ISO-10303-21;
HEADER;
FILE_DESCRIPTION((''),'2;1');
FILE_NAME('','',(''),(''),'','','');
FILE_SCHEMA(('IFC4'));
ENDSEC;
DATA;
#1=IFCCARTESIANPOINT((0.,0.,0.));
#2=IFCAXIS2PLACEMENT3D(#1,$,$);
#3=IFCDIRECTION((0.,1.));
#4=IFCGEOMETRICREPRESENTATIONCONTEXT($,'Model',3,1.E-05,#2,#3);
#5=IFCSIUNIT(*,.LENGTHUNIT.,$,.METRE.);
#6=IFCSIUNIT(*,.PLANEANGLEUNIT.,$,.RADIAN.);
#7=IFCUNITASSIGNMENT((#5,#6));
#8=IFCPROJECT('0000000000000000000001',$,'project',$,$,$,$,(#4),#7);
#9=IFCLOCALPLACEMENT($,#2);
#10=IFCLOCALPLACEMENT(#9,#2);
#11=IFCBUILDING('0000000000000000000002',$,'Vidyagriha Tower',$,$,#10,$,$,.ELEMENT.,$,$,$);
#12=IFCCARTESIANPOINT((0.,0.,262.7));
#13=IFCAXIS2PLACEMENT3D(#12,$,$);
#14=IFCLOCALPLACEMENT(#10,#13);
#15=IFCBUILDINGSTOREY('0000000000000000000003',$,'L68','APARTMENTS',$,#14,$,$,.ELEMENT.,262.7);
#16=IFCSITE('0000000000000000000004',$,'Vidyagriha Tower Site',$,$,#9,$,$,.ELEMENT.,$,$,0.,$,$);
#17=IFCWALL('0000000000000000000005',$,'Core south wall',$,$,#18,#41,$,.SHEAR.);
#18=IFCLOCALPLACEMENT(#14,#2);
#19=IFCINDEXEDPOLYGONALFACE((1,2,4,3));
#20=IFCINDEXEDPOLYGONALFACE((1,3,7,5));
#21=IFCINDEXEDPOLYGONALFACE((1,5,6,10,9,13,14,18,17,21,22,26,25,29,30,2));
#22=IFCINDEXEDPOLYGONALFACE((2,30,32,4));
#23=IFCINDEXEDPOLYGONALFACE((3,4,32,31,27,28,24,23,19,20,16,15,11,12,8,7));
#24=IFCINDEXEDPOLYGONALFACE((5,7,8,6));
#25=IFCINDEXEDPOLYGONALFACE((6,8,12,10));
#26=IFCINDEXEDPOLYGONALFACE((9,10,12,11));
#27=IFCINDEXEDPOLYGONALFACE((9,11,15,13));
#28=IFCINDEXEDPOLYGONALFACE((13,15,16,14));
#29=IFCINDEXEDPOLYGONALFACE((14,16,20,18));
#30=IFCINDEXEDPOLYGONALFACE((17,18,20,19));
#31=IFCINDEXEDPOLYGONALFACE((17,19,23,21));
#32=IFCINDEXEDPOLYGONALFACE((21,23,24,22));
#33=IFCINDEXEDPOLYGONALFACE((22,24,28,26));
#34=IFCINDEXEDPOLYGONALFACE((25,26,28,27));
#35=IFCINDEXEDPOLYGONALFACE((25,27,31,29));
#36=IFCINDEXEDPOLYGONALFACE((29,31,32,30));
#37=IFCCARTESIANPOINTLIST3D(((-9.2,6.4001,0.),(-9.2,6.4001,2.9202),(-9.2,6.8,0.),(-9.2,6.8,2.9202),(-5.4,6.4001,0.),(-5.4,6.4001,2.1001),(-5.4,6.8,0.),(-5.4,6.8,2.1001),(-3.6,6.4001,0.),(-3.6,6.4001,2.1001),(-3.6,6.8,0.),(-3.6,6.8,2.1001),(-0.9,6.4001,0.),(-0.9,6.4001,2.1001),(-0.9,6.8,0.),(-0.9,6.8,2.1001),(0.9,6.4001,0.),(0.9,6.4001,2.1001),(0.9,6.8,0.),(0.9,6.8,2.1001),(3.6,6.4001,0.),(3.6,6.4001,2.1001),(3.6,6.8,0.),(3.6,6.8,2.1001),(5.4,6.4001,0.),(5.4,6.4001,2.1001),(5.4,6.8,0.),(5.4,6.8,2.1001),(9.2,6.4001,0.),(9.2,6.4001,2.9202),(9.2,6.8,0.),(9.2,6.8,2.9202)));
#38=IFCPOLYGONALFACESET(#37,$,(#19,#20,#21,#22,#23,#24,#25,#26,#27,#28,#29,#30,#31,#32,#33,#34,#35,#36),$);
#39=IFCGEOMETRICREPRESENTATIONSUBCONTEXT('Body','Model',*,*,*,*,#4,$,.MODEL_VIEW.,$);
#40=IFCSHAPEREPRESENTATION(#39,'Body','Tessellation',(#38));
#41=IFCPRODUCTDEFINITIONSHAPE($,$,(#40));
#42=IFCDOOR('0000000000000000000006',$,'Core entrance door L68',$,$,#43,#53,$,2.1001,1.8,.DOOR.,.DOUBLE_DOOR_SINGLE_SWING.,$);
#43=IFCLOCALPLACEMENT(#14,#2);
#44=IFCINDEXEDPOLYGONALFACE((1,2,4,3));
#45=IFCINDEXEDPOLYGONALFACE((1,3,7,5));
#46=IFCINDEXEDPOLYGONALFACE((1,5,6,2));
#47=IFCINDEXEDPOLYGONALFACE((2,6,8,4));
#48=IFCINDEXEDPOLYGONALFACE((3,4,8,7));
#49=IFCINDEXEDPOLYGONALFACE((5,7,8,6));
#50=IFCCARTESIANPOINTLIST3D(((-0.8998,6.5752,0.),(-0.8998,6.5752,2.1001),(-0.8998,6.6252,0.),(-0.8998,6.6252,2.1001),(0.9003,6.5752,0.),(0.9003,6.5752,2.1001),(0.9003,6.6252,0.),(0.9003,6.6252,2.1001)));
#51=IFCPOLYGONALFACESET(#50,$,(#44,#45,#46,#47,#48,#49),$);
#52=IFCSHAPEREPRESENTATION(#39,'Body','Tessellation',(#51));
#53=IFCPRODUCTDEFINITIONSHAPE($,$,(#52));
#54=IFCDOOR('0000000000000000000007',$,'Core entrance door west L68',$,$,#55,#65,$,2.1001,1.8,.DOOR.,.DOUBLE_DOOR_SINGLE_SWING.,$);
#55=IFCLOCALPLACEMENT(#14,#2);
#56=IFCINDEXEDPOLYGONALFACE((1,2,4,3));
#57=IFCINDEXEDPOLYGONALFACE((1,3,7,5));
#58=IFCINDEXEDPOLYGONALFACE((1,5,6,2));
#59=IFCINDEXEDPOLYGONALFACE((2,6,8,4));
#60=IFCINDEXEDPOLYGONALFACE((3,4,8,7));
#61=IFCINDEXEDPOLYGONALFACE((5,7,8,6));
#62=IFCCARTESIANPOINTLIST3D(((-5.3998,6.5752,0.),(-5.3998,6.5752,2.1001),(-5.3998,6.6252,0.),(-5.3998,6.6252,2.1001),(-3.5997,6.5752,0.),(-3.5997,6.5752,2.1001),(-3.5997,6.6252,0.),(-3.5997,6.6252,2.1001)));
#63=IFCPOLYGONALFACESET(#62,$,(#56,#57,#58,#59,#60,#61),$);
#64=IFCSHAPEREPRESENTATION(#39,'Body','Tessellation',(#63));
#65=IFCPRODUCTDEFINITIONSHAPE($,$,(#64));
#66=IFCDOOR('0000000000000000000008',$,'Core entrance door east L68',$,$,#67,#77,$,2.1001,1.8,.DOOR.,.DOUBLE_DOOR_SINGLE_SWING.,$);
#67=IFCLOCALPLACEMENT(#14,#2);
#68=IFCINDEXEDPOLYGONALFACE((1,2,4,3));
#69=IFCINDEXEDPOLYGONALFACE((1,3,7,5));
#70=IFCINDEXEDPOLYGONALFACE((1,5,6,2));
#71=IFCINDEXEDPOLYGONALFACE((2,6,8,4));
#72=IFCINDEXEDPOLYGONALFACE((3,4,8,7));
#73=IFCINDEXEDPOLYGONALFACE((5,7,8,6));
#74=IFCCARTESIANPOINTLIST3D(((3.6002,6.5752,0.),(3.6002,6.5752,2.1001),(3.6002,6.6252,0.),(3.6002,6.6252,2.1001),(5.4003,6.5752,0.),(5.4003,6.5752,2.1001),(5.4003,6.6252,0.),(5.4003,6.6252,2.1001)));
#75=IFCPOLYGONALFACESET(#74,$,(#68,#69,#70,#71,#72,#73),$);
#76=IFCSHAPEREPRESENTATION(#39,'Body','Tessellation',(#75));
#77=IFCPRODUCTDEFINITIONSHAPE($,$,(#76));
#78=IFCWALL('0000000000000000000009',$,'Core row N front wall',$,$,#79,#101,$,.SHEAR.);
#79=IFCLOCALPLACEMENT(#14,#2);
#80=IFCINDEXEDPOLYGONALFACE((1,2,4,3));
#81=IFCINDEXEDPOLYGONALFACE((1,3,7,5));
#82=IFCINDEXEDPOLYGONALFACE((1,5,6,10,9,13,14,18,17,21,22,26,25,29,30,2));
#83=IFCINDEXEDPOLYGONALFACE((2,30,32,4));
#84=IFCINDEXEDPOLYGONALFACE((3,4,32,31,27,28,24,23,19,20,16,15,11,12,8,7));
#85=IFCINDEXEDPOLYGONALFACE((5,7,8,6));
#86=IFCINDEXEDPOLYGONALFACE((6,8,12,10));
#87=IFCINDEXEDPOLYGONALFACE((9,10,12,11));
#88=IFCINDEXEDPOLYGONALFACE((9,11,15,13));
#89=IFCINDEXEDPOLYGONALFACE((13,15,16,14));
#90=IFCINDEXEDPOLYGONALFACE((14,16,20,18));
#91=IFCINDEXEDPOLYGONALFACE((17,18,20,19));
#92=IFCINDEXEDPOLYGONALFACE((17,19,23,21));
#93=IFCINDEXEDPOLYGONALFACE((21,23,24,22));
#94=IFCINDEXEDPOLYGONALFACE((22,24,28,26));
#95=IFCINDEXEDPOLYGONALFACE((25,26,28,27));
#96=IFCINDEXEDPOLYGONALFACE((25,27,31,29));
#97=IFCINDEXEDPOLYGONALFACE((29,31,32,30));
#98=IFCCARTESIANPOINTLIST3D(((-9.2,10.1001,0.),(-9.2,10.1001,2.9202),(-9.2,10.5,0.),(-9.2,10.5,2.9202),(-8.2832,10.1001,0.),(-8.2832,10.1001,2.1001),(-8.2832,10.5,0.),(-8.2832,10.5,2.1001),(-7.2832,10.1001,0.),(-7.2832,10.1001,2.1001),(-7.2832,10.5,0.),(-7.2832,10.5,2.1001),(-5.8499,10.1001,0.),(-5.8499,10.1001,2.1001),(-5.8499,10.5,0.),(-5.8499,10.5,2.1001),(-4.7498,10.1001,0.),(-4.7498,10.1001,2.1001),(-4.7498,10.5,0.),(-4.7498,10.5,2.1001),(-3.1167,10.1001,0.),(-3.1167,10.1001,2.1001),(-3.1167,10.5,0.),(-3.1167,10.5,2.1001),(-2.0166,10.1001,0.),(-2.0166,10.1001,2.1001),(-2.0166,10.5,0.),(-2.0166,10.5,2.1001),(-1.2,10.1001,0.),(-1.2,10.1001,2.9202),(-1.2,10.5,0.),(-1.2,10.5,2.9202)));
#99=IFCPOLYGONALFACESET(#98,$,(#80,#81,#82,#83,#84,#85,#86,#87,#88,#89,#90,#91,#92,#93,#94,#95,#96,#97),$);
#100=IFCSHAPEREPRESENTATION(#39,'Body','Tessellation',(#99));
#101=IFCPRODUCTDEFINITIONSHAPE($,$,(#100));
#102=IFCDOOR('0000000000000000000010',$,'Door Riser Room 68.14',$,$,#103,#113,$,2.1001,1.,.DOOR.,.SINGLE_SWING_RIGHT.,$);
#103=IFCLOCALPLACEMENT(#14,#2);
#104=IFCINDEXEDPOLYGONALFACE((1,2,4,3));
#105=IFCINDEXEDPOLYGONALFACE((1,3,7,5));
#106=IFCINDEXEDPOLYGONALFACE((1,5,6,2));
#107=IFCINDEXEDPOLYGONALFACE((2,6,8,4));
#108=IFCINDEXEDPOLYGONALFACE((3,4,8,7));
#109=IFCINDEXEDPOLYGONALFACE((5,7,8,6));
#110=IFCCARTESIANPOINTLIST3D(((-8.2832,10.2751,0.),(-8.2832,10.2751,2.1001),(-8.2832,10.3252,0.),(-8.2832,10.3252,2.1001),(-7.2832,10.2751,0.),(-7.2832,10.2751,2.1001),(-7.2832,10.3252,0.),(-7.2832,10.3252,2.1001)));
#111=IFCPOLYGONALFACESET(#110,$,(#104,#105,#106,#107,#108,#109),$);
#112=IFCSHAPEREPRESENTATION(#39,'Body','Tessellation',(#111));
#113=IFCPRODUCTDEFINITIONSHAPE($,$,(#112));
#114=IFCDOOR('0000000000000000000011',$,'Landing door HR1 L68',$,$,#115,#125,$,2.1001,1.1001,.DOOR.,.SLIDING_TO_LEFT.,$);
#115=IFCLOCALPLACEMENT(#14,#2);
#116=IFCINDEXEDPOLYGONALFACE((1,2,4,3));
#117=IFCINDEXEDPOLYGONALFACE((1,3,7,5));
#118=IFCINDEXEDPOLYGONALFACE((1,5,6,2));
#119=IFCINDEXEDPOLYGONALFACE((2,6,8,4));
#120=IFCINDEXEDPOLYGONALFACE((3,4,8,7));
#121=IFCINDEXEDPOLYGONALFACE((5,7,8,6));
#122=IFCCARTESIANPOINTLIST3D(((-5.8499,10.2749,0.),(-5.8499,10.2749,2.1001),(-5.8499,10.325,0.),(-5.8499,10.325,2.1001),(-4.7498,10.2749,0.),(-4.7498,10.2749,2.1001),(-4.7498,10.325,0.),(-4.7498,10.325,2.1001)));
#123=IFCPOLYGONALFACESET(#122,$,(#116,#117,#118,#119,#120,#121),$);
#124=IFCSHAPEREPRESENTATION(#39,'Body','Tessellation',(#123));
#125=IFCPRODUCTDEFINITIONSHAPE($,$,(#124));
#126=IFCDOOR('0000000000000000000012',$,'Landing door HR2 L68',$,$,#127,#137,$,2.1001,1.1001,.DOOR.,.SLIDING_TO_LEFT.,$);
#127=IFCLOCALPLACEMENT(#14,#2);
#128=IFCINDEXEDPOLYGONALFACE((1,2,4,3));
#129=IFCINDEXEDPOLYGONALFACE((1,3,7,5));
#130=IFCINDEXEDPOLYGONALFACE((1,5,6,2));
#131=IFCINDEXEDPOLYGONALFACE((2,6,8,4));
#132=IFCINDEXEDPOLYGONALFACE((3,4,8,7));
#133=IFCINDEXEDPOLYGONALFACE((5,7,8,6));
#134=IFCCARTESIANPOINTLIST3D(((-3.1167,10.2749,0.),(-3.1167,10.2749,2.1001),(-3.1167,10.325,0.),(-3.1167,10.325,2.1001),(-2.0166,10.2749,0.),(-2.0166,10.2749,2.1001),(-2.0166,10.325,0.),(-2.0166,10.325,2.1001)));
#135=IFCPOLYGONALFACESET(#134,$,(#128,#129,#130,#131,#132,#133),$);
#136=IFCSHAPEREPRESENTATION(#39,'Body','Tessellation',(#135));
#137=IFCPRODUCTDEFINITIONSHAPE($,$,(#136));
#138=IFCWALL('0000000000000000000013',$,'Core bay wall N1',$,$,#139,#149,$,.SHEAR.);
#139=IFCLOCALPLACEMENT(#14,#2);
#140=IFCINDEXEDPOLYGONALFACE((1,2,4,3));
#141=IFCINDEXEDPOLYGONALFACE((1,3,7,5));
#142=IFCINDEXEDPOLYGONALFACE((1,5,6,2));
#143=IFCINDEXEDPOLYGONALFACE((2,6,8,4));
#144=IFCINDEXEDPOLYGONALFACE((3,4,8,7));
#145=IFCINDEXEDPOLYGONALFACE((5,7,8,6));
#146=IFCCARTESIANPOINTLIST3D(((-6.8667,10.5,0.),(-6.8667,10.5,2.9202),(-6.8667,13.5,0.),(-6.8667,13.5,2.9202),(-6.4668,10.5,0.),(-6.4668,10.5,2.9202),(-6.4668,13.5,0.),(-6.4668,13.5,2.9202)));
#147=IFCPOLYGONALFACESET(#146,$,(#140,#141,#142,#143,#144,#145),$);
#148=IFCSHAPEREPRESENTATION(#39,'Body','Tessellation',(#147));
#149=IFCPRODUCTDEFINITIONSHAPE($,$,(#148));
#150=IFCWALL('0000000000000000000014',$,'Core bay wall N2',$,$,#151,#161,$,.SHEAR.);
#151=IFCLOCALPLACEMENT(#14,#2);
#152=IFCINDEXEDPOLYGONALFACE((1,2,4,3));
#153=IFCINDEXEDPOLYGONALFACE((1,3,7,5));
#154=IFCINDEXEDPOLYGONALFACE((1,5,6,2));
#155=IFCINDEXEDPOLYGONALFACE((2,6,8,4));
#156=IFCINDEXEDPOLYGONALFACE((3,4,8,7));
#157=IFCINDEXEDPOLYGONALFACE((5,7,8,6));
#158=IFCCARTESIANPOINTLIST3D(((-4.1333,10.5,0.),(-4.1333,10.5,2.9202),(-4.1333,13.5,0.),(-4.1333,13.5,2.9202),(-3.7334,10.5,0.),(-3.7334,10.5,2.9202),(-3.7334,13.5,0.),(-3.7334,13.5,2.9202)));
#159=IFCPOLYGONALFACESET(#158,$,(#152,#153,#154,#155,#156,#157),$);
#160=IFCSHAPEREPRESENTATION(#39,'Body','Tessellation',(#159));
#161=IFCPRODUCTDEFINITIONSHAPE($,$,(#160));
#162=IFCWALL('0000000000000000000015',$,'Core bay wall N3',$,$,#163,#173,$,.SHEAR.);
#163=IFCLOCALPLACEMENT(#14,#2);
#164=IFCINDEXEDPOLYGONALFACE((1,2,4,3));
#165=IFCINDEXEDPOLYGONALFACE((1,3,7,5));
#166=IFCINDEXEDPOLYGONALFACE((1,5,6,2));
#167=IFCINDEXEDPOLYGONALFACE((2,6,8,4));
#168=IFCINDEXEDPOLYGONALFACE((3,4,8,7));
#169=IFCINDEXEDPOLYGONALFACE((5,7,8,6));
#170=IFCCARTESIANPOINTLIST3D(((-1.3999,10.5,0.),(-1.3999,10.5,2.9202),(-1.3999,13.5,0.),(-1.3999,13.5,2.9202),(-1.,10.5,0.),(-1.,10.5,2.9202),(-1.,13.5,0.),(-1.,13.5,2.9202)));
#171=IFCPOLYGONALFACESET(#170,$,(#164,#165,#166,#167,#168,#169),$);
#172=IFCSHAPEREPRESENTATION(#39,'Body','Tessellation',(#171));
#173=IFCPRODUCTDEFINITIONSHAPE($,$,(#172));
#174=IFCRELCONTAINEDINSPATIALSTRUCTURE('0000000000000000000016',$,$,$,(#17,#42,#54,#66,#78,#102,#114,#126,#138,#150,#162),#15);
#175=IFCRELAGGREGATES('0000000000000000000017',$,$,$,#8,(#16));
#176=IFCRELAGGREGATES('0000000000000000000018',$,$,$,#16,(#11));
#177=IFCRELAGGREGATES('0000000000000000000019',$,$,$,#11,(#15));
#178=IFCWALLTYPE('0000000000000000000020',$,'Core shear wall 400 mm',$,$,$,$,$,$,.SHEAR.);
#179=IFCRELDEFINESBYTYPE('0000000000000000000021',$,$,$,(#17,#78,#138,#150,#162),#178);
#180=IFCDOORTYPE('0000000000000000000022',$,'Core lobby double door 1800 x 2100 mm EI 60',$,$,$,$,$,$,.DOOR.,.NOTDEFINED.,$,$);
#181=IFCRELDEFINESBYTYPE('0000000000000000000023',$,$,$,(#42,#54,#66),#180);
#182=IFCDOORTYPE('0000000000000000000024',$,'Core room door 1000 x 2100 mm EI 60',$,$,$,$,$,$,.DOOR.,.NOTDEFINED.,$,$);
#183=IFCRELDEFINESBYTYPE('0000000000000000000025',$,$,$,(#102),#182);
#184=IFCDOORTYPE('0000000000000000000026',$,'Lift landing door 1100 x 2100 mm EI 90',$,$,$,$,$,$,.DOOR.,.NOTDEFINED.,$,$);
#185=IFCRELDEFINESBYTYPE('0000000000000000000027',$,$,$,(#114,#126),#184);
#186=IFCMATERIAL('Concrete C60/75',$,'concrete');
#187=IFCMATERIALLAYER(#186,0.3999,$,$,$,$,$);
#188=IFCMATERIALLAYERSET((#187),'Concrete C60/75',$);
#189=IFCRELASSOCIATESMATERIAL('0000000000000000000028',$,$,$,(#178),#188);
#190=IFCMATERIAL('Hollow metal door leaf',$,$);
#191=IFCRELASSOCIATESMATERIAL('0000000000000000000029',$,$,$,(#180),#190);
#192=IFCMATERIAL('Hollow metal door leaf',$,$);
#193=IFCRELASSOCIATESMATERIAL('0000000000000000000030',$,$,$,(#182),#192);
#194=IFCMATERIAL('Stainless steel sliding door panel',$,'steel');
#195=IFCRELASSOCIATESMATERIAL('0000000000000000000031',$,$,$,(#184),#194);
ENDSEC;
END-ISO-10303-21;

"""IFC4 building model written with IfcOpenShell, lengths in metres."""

from ifc_helpers import new_model, si_unit, direction, frame, frame_2d, origin, place, context, subcontext, project, spatial, rectangle, extrude, material, layer, layer_set, type_object, element, fill, save


model = new_model("IFC4")

# Units and contexts
model_context = context("Model", 3, precision=1e-05, world=origin(), true_north=direction((0.0, 1.0)))
body_context = subcontext(model_context, "Body", "Model", "MODEL_VIEW")
ifc_project = project(units=[si_unit("LENGTHUNIT", "METRE"), si_unit("PLANEANGLEUNIT", "RADIAN")], contexts=[model_context])

# Site, building, storey
site_placement = place(None, origin())
site = spatial("IfcSite", under=ifc_project, at=site_placement, Name="Vidyagriha Tower Site", CompositionType="ELEMENT", RefElevation=0.0)
building_placement = place(site_placement, origin())
building = spatial("IfcBuilding", under=site, at=building_placement, Name="Vidyagriha Tower", CompositionType="ELEMENT")
storey_placement = place(building_placement, frame((0.0, 0.0, 262.7)))
storey = spatial("IfcBuildingStorey", under=building, at=storey_placement, Name="L68", Description="APARTMENTS", CompositionType="ELEMENT", Elevation=262.7)

# Walls, openings, doors
ifc_material_1 = material(Name="Concrete C60/75", Category="concrete")
ifc_layer_1 = layer(ifc_material_1, 0.3999)
ifc_layer_set_1 = layer_set([ifc_layer_1], Name="Concrete C60/75")
wall_type_1 = type_object("IfcWallType", Name="Core shear wall 400 mm", PredefinedType="SHEAR", material=ifc_layer_set_1)
wall_1_placement = place(storey_placement, frame((-9.2, 6.6001, 0.0)))
wall_1 = element("IfcWall", 1, at=wall_1_placement, inside=storey, type_object=wall_type_1, Name="Core south wall", PredefinedType="SHEAR", context=body_context, shape_type="SweptSolid", body=[
    extrude(rectangle(XDim=18.3999, YDim=0.3999, at=frame_2d((9.2, 0.0))), origin(), (0.0, 0.0, 1.0), 2.9202),
])
opening_1_placement = place(wall_1_placement, frame((8.3, 0.0, 0.0)))
opening_1 = element("IfcOpeningElement", 2, at=opening_1_placement, cuts=wall_1, PredefinedType="OPENING", context=body_context, shape_type="SweptSolid", body=[
    extrude(rectangle(XDim=1.8, YDim=2.1001, at=frame_2d((0.8999, 1.05))), frame((0.0, 0.21, 0.0), z_axis=(0.0, -1.0, 0.0), x_axis=(1.0, 0.0, 0.0)), (0.0, 0.0, 1.0), 0.4199),
])
opening_2_placement = place(wall_1_placement, frame((3.8, 0.0, 0.0)))
opening_2 = element("IfcOpeningElement", 3, at=opening_2_placement, cuts=wall_1, PredefinedType="OPENING", context=body_context, shape_type="SweptSolid", body=[
    extrude(rectangle(XDim=1.8, YDim=2.1001, at=frame_2d((0.8999, 1.05))), frame((0.0, 0.21, 0.0), z_axis=(0.0, -1.0, 0.0), x_axis=(1.0, 0.0, 0.0)), (0.0, 0.0, 1.0), 0.4199),
])
opening_3_placement = place(wall_1_placement, frame((12.8, 0.0, 0.0)))
opening_3 = element("IfcOpeningElement", 4, at=opening_3_placement, cuts=wall_1, PredefinedType="OPENING", context=body_context, shape_type="SweptSolid", body=[
    extrude(rectangle(XDim=1.8, YDim=2.1001, at=frame_2d((0.8999, 1.05))), frame((0.0, 0.21, 0.0), z_axis=(0.0, -1.0, 0.0), x_axis=(1.0, 0.0, 0.0)), (0.0, 0.0, 1.0), 0.4199),
])
ifc_material_2 = material(Name="Hollow metal door leaf")
door_type_1 = type_object("IfcDoorType", Name="Core lobby double door 1800 x 2100 mm EI 60", OperationType="NOTDEFINED", PredefinedType="DOOR", material=ifc_material_2)
door_1_placement = place(opening_1_placement, frame((1.8, 0.0, 0.0), z_axis=(0.0, 0.0, 1.0), x_axis=(-1.0, 0.0, 0.0)))
door_1 = element("IfcDoor", 5, at=door_1_placement, inside=storey, type_object=door_type_1, Name="Core entrance door L68", OperationType="DOUBLE_DOOR_SINGLE_SWING", OverallHeight=2.1001, OverallWidth=1.8, PredefinedType="DOOR", context=body_context, shape_type="SweptSolid", body=[
    extrude(rectangle(XDim=1.8, YDim=2.1001, at=frame_2d((0.8999, 1.05))), frame((0.0, 0.0249, 0.0), z_axis=(0.0, -1.0, 0.0), x_axis=(1.0, 0.0, 0.0)), (0.0, 0.0, 1.0), 0.05),
])
fill(opening_1, door_1)
door_2_placement = place(opening_2_placement, frame((1.8, 0.0, 0.0), z_axis=(0.0, 0.0, 1.0), x_axis=(-1.0, 0.0, 0.0)))
door_2 = element("IfcDoor", 6, at=door_2_placement, inside=storey, type_object=door_type_1, Name="Core entrance door west L68", OperationType="DOUBLE_DOOR_SINGLE_SWING", OverallHeight=2.1001, OverallWidth=1.8, PredefinedType="DOOR", context=body_context, shape_type="SweptSolid", body=[
    extrude(rectangle(XDim=1.8, YDim=2.1001, at=frame_2d((0.8999, 1.05))), frame((0.0, 0.0249, 0.0), z_axis=(0.0, -1.0, 0.0), x_axis=(1.0, 0.0, 0.0)), (0.0, 0.0, 1.0), 0.05),
])
fill(opening_2, door_2)
door_3_placement = place(opening_3_placement, frame((1.8, 0.0, 0.0), z_axis=(0.0, 0.0, 1.0), x_axis=(-1.0, 0.0, 0.0)))
door_3 = element("IfcDoor", 7, at=door_3_placement, inside=storey, type_object=door_type_1, Name="Core entrance door east L68", OperationType="DOUBLE_DOOR_SINGLE_SWING", OverallHeight=2.1001, OverallWidth=1.8, PredefinedType="DOOR", context=body_context, shape_type="SweptSolid", body=[
    extrude(rectangle(XDim=1.8, YDim=2.1001, at=frame_2d((0.8999, 1.05))), frame((0.0, 0.0249, 0.0), z_axis=(0.0, -1.0, 0.0), x_axis=(1.0, 0.0, 0.0)), (0.0, 0.0, 1.0), 0.05),
])
fill(opening_3, door_3)
wall_2_placement = place(storey_placement, frame((-9.2, 10.3, 0.0)))
wall_2 = element("IfcWall", 8, at=wall_2_placement, inside=storey, type_object=wall_type_1, Name="Core row N front wall", PredefinedType="SHEAR", context=body_context, shape_type="SweptSolid", body=[
    extrude(rectangle(XDim=8.0, YDim=0.3999, at=frame_2d((4.0, 0.0))), origin(), (0.0, 0.0, 1.0), 2.9202),
])
opening_4_placement = place(wall_2_placement, frame((3.3501, 0.0, 0.0)))
opening_4 = element("IfcOpeningElement", 9, at=opening_4_placement, cuts=wall_2, PredefinedType="OPENING", context=body_context, shape_type="SweptSolid", body=[
    extrude(rectangle(XDim=1.1001, YDim=2.1001, at=frame_2d((0.55, 1.05))), frame((0.0, 0.21, 0.0), z_axis=(0.0, -1.0, 0.0), x_axis=(1.0, 0.0, 0.0)), (0.0, 0.0, 1.0), 0.4199),
])
opening_5_placement = place(wall_2_placement, frame((6.0833, 0.0, 0.0)))
opening_5 = element("IfcOpeningElement", 10, at=opening_5_placement, cuts=wall_2, PredefinedType="OPENING", context=body_context, shape_type="SweptSolid", body=[
    extrude(rectangle(XDim=1.1001, YDim=2.1001, at=frame_2d((0.55, 1.05))), frame((0.0, 0.21, 0.0), z_axis=(0.0, -1.0, 0.0), x_axis=(1.0, 0.0, 0.0)), (0.0, 0.0, 1.0), 0.4199),
])
opening_6_placement = place(wall_2_placement, frame((0.9167, 0.0, 0.0)))
opening_6 = element("IfcOpeningElement", 11, at=opening_6_placement, cuts=wall_2, PredefinedType="OPENING", context=body_context, shape_type="SweptSolid", body=[
    extrude(rectangle(XDim=1.0, YDim=2.1001, at=frame_2d((0.5, 1.05))), frame((0.0, 0.21, 0.0), z_axis=(0.0, -1.0, 0.0), x_axis=(1.0, 0.0, 0.0)), (0.0, 0.0, 1.0), 0.4199),
])
ifc_material_3 = material(Name="Hollow metal door leaf")
door_type_2 = type_object("IfcDoorType", Name="Core room door 1000 x 2100 mm EI 60", OperationType="NOTDEFINED", PredefinedType="DOOR", material=ifc_material_3)
door_4_placement = place(opening_6_placement, frame((1.0, 0.0, 0.0), z_axis=(0.0, 0.0, 1.0), x_axis=(-1.0, 0.0, 0.0)))
door_4 = element("IfcDoor", 12, at=door_4_placement, inside=storey, type_object=door_type_2, Name="Door Riser Room 68.14", OperationType="SINGLE_SWING_RIGHT", OverallHeight=2.1001, OverallWidth=1.0, PredefinedType="DOOR", context=body_context, shape_type="SweptSolid", body=[
    extrude(rectangle(XDim=1.0, YDim=2.1001, at=frame_2d((0.5, 1.05))), frame((0.0, 0.0249, 0.0), z_axis=(0.0, -1.0, 0.0), x_axis=(1.0, 0.0, 0.0)), (0.0, 0.0, 1.0), 0.05),
])
fill(opening_6, door_4)
ifc_material_4 = material(Name="Stainless steel sliding door panel", Category="steel")
door_type_3 = type_object("IfcDoorType", Name="Lift landing door 1100 x 2100 mm EI 90", OperationType="NOTDEFINED", PredefinedType="DOOR", material=ifc_material_4)
door_5_placement = place(opening_4_placement, origin())
door_5 = element("IfcDoor", 13, at=door_5_placement, inside=storey, type_object=door_type_3, Name="Landing door HR1 L68", OperationType="SLIDING_TO_LEFT", OverallHeight=2.1001, OverallWidth=1.1001, PredefinedType="DOOR", context=body_context, shape_type="SweptSolid", body=[
    extrude(rectangle(XDim=1.1001, YDim=2.1001, at=frame_2d((0.55, 1.05))), frame((0.0, 0.0249, 0.0), z_axis=(0.0, -1.0, 0.0), x_axis=(1.0, 0.0, 0.0)), (0.0, 0.0, 1.0), 0.05),
])
fill(opening_4, door_5)
door_6_placement = place(opening_5_placement, origin())
door_6 = element("IfcDoor", 14, at=door_6_placement, inside=storey, type_object=door_type_3, Name="Landing door HR2 L68", OperationType="SLIDING_TO_LEFT", OverallHeight=2.1001, OverallWidth=1.1001, PredefinedType="DOOR", context=body_context, shape_type="SweptSolid", body=[
    extrude(rectangle(XDim=1.1001, YDim=2.1001, at=frame_2d((0.55, 1.05))), frame((0.0, 0.0249, 0.0), z_axis=(0.0, -1.0, 0.0), x_axis=(1.0, 0.0, 0.0)), (0.0, 0.0, 1.0), 0.05),
])
fill(opening_5, door_6)

# Walls
for number, where, z_axis, x_axis, name in (
    (15, (-6.6667, 10.5, 0.0), (0.0, 0.0, 1.0), (0.0, 1.0, 0.0), "Core bay wall N1"),
    (16, (-3.9333, 10.5, 0.0), (0.0, 0.0, 1.0), (0.0, 1.0, 0.0), "Core bay wall N2"),
    (17, (-1.2, 10.5, 0.0), (0.0, 0.0, 1.0), (0.0, 1.0, 0.0), "Core bay wall N3"),
):
    element("IfcWall", number, at=place(storey_placement, frame(where, z_axis=z_axis, x_axis=x_axis)), inside=storey, type_object=wall_type_1, Name=name, PredefinedType="SHEAR", context=body_context, shape_type="SweptSolid", body=[
        extrude(rectangle(XDim=3.0, YDim=0.3999, at=frame_2d((1.5, 0.0))), origin(), (0.0, 0.0, 1.0), 2.9202),
    ])

save(model, "model.ifc")
